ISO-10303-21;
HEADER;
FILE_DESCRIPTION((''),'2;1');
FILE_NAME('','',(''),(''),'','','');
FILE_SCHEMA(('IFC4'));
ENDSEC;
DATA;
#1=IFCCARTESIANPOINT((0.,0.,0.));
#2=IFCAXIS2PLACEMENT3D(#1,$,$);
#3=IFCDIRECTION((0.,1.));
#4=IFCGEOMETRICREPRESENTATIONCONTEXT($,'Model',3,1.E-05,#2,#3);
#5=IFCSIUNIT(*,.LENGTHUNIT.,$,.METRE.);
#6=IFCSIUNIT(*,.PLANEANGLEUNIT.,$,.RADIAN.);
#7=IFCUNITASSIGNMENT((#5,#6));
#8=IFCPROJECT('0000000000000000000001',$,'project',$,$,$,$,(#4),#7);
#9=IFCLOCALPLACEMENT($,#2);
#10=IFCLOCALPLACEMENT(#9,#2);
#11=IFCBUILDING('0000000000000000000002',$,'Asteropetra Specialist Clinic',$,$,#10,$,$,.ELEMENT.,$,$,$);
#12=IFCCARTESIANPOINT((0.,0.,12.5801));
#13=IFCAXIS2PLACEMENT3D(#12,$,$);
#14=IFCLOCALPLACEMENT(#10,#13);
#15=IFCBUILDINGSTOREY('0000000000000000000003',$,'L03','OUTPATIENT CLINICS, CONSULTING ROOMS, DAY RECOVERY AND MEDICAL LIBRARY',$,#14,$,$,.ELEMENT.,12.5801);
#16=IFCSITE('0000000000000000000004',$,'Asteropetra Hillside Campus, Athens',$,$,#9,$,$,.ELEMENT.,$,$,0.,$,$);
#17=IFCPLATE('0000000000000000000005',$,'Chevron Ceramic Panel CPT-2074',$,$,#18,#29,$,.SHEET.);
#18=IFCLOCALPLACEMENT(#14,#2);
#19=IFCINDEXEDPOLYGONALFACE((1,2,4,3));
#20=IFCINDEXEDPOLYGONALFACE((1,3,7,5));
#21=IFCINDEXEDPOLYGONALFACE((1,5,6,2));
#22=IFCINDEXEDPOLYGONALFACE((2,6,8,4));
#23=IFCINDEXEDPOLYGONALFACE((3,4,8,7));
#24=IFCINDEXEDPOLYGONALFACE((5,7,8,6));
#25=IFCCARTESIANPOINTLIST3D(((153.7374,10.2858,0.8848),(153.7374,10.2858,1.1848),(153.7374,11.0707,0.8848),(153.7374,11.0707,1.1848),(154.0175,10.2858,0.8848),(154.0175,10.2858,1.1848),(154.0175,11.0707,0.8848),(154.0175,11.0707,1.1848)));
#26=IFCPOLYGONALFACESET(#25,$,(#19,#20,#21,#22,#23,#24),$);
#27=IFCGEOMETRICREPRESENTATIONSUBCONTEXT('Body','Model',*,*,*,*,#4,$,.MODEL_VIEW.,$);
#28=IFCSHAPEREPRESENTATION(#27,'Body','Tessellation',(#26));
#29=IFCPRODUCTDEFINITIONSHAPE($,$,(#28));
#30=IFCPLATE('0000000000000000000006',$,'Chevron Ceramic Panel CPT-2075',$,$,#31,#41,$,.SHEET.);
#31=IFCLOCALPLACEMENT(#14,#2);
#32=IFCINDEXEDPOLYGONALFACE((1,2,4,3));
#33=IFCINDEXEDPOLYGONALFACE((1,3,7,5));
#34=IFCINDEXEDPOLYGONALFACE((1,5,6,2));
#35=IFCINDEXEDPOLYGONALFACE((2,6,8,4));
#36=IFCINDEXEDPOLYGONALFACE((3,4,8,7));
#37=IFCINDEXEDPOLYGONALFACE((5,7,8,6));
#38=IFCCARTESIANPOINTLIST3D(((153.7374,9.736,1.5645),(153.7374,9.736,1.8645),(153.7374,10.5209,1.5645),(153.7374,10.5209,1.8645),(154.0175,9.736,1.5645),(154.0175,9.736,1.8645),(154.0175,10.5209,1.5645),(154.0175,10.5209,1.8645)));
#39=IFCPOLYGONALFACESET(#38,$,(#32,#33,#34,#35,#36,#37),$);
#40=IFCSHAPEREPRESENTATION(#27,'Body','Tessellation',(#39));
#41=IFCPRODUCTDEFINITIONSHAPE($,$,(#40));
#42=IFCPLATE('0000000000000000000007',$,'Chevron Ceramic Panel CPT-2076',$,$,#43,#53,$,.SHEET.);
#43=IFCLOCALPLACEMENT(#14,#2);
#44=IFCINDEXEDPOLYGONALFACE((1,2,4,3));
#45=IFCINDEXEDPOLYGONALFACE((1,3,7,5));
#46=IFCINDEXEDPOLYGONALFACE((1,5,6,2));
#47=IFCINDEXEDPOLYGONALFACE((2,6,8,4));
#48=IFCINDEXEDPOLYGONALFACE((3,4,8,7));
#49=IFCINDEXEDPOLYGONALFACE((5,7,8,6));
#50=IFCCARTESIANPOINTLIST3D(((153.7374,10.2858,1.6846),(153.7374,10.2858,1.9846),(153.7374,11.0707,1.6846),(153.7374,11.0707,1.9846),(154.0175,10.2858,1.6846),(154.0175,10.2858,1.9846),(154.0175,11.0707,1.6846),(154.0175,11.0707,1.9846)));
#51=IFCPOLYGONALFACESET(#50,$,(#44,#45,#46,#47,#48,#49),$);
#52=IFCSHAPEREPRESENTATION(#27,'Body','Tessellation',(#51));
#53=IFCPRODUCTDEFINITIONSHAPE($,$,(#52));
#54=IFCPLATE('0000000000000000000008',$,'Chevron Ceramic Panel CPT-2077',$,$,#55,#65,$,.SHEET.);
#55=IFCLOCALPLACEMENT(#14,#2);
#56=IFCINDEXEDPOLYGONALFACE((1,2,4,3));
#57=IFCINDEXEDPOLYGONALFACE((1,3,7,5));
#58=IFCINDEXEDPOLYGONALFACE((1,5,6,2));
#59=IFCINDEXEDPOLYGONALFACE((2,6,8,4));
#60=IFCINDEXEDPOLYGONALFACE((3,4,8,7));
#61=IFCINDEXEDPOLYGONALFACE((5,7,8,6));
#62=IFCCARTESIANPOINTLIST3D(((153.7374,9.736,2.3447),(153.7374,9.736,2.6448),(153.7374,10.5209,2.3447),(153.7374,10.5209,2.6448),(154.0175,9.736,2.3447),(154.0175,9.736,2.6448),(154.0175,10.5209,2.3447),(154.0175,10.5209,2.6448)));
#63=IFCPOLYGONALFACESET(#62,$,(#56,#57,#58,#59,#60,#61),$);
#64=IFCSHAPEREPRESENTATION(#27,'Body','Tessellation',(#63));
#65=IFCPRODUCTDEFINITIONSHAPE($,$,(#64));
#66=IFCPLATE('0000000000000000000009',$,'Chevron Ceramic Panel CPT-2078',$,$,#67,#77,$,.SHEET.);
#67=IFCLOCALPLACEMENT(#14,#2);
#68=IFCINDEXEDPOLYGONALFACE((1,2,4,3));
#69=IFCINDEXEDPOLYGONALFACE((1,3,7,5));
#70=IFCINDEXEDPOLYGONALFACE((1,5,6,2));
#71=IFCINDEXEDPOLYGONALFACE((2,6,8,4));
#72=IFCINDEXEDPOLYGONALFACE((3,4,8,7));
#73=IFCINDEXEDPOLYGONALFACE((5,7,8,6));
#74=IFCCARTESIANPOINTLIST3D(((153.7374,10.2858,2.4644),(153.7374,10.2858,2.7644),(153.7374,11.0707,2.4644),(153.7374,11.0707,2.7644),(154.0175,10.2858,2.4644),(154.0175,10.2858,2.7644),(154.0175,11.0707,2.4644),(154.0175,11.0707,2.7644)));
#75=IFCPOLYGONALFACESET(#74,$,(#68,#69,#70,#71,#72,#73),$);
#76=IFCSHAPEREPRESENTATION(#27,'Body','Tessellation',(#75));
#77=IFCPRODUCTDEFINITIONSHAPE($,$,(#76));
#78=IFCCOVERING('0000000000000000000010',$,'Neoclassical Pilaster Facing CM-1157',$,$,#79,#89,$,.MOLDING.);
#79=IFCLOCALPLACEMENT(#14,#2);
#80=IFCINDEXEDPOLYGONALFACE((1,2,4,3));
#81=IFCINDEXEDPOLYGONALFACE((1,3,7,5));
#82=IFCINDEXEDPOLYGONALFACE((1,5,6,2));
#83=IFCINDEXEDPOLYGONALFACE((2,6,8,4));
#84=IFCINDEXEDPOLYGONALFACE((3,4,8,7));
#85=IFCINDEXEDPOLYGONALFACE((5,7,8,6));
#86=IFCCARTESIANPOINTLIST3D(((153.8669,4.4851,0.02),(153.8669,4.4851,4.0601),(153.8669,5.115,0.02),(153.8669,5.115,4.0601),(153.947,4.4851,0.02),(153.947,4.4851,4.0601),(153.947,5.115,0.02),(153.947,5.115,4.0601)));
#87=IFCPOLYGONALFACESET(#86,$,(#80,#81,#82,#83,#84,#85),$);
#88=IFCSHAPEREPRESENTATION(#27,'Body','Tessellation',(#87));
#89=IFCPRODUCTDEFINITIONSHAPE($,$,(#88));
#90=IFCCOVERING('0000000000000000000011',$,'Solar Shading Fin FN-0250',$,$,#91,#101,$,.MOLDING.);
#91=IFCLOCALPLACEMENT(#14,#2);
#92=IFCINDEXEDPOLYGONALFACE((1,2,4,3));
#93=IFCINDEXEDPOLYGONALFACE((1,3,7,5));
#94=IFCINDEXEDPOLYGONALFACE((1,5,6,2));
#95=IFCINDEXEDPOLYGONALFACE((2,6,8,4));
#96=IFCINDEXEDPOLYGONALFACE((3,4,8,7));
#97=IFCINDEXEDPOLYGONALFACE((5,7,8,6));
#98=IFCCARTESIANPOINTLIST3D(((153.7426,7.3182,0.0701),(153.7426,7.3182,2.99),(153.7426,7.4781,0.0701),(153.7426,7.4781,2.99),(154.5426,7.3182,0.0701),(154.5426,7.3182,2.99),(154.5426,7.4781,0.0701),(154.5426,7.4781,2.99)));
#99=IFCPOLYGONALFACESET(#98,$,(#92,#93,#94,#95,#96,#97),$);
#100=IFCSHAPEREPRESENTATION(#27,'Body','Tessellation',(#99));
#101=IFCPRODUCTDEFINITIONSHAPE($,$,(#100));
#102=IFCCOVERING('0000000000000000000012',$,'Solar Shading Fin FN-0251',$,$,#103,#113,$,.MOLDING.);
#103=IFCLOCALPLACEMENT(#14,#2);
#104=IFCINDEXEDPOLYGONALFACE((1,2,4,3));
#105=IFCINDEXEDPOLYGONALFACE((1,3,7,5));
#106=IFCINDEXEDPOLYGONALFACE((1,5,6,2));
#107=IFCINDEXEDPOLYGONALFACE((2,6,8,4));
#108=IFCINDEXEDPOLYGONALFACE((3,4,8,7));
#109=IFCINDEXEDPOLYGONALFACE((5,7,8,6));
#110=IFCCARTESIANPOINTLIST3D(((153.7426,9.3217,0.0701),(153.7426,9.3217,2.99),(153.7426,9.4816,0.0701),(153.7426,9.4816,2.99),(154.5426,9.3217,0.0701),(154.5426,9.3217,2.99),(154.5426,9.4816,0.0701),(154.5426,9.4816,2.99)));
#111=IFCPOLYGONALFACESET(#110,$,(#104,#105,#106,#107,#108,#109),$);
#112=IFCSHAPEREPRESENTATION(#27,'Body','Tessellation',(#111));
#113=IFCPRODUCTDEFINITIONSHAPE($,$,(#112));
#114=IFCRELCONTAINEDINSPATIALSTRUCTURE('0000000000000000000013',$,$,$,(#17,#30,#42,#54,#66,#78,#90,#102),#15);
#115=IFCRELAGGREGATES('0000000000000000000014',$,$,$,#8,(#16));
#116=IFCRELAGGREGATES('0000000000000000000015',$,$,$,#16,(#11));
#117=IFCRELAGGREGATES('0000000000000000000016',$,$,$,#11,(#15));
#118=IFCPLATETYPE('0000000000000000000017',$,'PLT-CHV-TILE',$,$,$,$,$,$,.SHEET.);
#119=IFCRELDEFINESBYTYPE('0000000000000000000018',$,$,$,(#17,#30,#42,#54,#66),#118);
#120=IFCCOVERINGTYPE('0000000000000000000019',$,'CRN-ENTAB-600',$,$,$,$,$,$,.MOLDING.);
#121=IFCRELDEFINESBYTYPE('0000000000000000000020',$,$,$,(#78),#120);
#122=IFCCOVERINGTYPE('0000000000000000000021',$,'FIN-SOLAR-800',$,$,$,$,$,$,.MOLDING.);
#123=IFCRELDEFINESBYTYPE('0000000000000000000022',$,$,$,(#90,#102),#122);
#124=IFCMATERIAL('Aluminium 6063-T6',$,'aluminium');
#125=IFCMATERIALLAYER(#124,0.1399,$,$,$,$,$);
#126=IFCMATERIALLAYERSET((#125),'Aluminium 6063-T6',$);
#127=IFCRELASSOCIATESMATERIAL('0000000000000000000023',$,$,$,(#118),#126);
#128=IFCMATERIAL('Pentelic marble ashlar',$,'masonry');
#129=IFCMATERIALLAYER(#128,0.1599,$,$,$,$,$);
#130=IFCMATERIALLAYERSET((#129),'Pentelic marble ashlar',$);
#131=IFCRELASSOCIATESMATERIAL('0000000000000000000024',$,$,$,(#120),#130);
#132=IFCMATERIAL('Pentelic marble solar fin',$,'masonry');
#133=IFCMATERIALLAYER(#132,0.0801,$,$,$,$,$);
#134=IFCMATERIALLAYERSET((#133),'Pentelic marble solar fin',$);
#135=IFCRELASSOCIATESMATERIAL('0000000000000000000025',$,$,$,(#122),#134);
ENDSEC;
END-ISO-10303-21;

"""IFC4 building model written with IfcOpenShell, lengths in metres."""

from ifc_helpers import new_model, si_unit, direction, frame, origin, origin_2d, place, context, subcontext, project, spatial, rectangle, extrude, material, layer, layer_set, type_object, element, save


model = new_model("IFC4")

# Units and contexts
model_context = context("Model", 3, precision=1e-05, world=origin(), true_north=direction((0.0, 1.0)))
body_context = subcontext(model_context, "Body", "Model", "MODEL_VIEW")
ifc_project = project(units=[si_unit("LENGTHUNIT", "METRE"), si_unit("PLANEANGLEUNIT", "RADIAN")], contexts=[model_context])

# Site, building, storey
site_placement = place(None, origin())
site = spatial("IfcSite", under=ifc_project, at=site_placement, Name="Asteropetra Hillside Campus, Athens", CompositionType="ELEMENT", RefElevation=0.0)
building_placement = place(site_placement, origin())
building = spatial("IfcBuilding", under=site, at=building_placement, Name="Asteropetra Specialist Clinic", CompositionType="ELEMENT")
storey_placement = place(building_placement, frame((0.0, 0.0, 12.5801)))
storey = spatial("IfcBuildingStorey", under=building, at=storey_placement, Name="L03", Description="OUTPATIENT CLINICS, CONSULTING ROOMS, DAY RECOVERY AND MEDICAL LIBRARY", CompositionType="ELEMENT", Elevation=12.5801)

# Plates
ifc_material_1 = material(Name="Aluminium 6063-T6", Category="aluminium")
ifc_layer_1 = layer(ifc_material_1, 0.1399)
ifc_layer_set_1 = layer_set([ifc_layer_1], Name="Aluminium 6063-T6")
plate_type = type_object("IfcPlateType", Name="PLT-CHV-TILE", PredefinedType="SHEET", material=ifc_layer_set_1)
for number, where, z_axis, x_axis, name in (
    (1, (153.8774, 10.6782, 0.8848), (0.0, 0.0, 1.0), (1.0, 0.0, 0.0), "Chevron Ceramic Panel CPT-2074"),
    (2, (153.8774, 10.1284, 1.5645), (0.0, 0.0, 1.0), (1.0, 0.0, 0.0), "Chevron Ceramic Panel CPT-2075"),
    (3, (153.8774, 10.6782, 1.6846), (0.0, 0.0, 1.0), (1.0, 0.0, 0.0), "Chevron Ceramic Panel CPT-2076"),
    (4, (153.8774, 10.1284, 2.3447), (0.0, 0.0, 1.0), (1.0, 0.0, 0.0), "Chevron Ceramic Panel CPT-2077"),
    (5, (153.8774, 10.6782, 2.4644), (0.0, 0.0, 1.0), (1.0, 0.0, 0.0), "Chevron Ceramic Panel CPT-2078"),
):
    element("IfcPlate", number, at=place(storey_placement, frame(where, z_axis=z_axis, x_axis=x_axis)), inside=storey, type_object=plate_type, Name=name, PredefinedType="SHEET", context=body_context, shape_type="SweptSolid", body=[
        extrude(rectangle(XDim=0.28, YDim=0.7849, at=origin_2d()), origin(), (0.0, 0.0, 1.0), 0.3),
    ])

# Coverings
ifc_material_2 = material(Name="Pentelic marble ashlar", Category="masonry")
ifc_layer_2 = layer(ifc_material_2, 0.1599)
ifc_layer_set_2 = layer_set([ifc_layer_2], Name="Pentelic marble ashlar")
covering_type_1 = type_object("IfcCoveringType", Name="CRN-ENTAB-600", PredefinedType="MOLDING", material=ifc_layer_set_2)
covering_placement = place(storey_placement, frame((153.907, 4.8, 0.02), z_axis=(0.0, 0.0, 1.0), x_axis=(1.0, 0.0, 0.0)))
element("IfcCovering", 6, at=covering_placement, inside=storey, type_object=covering_type_1, Name="Neoclassical Pilaster Facing CM-1157", PredefinedType="MOLDING", context=body_context, shape_type="SweptSolid", body=[
    extrude(rectangle(XDim=0.0801, YDim=0.6299, at=origin_2d()), origin(), (0.0, 0.0, 1.0), 4.04),
])
ifc_material_3 = material(Name="Pentelic marble solar fin", Category="masonry")
ifc_layer_3 = layer(ifc_material_3, 0.0801)
ifc_layer_set_3 = layer_set([ifc_layer_3], Name="Pentelic marble solar fin")
covering_type_2 = type_object("IfcCoveringType", Name="FIN-SOLAR-800", PredefinedType="MOLDING", material=ifc_layer_set_3)
for number, where, z_axis, x_axis, name in (
    (7, (154.1426, 7.3982, 0.0701), (0.0, 0.0, 1.0), (1.0, 0.0, 0.0), "Solar Shading Fin FN-0250"),
    (8, (154.1426, 9.4016, 0.0701), (0.0, 0.0, 1.0), (1.0, 0.0, 0.0), "Solar Shading Fin FN-0251"),
):
    element("IfcCovering", number, at=place(storey_placement, frame(where, z_axis=z_axis, x_axis=x_axis)), inside=storey, type_object=covering_type_2, Name=name, PredefinedType="MOLDING", context=body_context, shape_type="SweptSolid", body=[
        extrude(rectangle(XDim=0.8, YDim=0.1599, at=origin_2d()), origin(), (0.0, 0.0, 1.0), 2.9199),
    ])

save(model, "model.ifc")
